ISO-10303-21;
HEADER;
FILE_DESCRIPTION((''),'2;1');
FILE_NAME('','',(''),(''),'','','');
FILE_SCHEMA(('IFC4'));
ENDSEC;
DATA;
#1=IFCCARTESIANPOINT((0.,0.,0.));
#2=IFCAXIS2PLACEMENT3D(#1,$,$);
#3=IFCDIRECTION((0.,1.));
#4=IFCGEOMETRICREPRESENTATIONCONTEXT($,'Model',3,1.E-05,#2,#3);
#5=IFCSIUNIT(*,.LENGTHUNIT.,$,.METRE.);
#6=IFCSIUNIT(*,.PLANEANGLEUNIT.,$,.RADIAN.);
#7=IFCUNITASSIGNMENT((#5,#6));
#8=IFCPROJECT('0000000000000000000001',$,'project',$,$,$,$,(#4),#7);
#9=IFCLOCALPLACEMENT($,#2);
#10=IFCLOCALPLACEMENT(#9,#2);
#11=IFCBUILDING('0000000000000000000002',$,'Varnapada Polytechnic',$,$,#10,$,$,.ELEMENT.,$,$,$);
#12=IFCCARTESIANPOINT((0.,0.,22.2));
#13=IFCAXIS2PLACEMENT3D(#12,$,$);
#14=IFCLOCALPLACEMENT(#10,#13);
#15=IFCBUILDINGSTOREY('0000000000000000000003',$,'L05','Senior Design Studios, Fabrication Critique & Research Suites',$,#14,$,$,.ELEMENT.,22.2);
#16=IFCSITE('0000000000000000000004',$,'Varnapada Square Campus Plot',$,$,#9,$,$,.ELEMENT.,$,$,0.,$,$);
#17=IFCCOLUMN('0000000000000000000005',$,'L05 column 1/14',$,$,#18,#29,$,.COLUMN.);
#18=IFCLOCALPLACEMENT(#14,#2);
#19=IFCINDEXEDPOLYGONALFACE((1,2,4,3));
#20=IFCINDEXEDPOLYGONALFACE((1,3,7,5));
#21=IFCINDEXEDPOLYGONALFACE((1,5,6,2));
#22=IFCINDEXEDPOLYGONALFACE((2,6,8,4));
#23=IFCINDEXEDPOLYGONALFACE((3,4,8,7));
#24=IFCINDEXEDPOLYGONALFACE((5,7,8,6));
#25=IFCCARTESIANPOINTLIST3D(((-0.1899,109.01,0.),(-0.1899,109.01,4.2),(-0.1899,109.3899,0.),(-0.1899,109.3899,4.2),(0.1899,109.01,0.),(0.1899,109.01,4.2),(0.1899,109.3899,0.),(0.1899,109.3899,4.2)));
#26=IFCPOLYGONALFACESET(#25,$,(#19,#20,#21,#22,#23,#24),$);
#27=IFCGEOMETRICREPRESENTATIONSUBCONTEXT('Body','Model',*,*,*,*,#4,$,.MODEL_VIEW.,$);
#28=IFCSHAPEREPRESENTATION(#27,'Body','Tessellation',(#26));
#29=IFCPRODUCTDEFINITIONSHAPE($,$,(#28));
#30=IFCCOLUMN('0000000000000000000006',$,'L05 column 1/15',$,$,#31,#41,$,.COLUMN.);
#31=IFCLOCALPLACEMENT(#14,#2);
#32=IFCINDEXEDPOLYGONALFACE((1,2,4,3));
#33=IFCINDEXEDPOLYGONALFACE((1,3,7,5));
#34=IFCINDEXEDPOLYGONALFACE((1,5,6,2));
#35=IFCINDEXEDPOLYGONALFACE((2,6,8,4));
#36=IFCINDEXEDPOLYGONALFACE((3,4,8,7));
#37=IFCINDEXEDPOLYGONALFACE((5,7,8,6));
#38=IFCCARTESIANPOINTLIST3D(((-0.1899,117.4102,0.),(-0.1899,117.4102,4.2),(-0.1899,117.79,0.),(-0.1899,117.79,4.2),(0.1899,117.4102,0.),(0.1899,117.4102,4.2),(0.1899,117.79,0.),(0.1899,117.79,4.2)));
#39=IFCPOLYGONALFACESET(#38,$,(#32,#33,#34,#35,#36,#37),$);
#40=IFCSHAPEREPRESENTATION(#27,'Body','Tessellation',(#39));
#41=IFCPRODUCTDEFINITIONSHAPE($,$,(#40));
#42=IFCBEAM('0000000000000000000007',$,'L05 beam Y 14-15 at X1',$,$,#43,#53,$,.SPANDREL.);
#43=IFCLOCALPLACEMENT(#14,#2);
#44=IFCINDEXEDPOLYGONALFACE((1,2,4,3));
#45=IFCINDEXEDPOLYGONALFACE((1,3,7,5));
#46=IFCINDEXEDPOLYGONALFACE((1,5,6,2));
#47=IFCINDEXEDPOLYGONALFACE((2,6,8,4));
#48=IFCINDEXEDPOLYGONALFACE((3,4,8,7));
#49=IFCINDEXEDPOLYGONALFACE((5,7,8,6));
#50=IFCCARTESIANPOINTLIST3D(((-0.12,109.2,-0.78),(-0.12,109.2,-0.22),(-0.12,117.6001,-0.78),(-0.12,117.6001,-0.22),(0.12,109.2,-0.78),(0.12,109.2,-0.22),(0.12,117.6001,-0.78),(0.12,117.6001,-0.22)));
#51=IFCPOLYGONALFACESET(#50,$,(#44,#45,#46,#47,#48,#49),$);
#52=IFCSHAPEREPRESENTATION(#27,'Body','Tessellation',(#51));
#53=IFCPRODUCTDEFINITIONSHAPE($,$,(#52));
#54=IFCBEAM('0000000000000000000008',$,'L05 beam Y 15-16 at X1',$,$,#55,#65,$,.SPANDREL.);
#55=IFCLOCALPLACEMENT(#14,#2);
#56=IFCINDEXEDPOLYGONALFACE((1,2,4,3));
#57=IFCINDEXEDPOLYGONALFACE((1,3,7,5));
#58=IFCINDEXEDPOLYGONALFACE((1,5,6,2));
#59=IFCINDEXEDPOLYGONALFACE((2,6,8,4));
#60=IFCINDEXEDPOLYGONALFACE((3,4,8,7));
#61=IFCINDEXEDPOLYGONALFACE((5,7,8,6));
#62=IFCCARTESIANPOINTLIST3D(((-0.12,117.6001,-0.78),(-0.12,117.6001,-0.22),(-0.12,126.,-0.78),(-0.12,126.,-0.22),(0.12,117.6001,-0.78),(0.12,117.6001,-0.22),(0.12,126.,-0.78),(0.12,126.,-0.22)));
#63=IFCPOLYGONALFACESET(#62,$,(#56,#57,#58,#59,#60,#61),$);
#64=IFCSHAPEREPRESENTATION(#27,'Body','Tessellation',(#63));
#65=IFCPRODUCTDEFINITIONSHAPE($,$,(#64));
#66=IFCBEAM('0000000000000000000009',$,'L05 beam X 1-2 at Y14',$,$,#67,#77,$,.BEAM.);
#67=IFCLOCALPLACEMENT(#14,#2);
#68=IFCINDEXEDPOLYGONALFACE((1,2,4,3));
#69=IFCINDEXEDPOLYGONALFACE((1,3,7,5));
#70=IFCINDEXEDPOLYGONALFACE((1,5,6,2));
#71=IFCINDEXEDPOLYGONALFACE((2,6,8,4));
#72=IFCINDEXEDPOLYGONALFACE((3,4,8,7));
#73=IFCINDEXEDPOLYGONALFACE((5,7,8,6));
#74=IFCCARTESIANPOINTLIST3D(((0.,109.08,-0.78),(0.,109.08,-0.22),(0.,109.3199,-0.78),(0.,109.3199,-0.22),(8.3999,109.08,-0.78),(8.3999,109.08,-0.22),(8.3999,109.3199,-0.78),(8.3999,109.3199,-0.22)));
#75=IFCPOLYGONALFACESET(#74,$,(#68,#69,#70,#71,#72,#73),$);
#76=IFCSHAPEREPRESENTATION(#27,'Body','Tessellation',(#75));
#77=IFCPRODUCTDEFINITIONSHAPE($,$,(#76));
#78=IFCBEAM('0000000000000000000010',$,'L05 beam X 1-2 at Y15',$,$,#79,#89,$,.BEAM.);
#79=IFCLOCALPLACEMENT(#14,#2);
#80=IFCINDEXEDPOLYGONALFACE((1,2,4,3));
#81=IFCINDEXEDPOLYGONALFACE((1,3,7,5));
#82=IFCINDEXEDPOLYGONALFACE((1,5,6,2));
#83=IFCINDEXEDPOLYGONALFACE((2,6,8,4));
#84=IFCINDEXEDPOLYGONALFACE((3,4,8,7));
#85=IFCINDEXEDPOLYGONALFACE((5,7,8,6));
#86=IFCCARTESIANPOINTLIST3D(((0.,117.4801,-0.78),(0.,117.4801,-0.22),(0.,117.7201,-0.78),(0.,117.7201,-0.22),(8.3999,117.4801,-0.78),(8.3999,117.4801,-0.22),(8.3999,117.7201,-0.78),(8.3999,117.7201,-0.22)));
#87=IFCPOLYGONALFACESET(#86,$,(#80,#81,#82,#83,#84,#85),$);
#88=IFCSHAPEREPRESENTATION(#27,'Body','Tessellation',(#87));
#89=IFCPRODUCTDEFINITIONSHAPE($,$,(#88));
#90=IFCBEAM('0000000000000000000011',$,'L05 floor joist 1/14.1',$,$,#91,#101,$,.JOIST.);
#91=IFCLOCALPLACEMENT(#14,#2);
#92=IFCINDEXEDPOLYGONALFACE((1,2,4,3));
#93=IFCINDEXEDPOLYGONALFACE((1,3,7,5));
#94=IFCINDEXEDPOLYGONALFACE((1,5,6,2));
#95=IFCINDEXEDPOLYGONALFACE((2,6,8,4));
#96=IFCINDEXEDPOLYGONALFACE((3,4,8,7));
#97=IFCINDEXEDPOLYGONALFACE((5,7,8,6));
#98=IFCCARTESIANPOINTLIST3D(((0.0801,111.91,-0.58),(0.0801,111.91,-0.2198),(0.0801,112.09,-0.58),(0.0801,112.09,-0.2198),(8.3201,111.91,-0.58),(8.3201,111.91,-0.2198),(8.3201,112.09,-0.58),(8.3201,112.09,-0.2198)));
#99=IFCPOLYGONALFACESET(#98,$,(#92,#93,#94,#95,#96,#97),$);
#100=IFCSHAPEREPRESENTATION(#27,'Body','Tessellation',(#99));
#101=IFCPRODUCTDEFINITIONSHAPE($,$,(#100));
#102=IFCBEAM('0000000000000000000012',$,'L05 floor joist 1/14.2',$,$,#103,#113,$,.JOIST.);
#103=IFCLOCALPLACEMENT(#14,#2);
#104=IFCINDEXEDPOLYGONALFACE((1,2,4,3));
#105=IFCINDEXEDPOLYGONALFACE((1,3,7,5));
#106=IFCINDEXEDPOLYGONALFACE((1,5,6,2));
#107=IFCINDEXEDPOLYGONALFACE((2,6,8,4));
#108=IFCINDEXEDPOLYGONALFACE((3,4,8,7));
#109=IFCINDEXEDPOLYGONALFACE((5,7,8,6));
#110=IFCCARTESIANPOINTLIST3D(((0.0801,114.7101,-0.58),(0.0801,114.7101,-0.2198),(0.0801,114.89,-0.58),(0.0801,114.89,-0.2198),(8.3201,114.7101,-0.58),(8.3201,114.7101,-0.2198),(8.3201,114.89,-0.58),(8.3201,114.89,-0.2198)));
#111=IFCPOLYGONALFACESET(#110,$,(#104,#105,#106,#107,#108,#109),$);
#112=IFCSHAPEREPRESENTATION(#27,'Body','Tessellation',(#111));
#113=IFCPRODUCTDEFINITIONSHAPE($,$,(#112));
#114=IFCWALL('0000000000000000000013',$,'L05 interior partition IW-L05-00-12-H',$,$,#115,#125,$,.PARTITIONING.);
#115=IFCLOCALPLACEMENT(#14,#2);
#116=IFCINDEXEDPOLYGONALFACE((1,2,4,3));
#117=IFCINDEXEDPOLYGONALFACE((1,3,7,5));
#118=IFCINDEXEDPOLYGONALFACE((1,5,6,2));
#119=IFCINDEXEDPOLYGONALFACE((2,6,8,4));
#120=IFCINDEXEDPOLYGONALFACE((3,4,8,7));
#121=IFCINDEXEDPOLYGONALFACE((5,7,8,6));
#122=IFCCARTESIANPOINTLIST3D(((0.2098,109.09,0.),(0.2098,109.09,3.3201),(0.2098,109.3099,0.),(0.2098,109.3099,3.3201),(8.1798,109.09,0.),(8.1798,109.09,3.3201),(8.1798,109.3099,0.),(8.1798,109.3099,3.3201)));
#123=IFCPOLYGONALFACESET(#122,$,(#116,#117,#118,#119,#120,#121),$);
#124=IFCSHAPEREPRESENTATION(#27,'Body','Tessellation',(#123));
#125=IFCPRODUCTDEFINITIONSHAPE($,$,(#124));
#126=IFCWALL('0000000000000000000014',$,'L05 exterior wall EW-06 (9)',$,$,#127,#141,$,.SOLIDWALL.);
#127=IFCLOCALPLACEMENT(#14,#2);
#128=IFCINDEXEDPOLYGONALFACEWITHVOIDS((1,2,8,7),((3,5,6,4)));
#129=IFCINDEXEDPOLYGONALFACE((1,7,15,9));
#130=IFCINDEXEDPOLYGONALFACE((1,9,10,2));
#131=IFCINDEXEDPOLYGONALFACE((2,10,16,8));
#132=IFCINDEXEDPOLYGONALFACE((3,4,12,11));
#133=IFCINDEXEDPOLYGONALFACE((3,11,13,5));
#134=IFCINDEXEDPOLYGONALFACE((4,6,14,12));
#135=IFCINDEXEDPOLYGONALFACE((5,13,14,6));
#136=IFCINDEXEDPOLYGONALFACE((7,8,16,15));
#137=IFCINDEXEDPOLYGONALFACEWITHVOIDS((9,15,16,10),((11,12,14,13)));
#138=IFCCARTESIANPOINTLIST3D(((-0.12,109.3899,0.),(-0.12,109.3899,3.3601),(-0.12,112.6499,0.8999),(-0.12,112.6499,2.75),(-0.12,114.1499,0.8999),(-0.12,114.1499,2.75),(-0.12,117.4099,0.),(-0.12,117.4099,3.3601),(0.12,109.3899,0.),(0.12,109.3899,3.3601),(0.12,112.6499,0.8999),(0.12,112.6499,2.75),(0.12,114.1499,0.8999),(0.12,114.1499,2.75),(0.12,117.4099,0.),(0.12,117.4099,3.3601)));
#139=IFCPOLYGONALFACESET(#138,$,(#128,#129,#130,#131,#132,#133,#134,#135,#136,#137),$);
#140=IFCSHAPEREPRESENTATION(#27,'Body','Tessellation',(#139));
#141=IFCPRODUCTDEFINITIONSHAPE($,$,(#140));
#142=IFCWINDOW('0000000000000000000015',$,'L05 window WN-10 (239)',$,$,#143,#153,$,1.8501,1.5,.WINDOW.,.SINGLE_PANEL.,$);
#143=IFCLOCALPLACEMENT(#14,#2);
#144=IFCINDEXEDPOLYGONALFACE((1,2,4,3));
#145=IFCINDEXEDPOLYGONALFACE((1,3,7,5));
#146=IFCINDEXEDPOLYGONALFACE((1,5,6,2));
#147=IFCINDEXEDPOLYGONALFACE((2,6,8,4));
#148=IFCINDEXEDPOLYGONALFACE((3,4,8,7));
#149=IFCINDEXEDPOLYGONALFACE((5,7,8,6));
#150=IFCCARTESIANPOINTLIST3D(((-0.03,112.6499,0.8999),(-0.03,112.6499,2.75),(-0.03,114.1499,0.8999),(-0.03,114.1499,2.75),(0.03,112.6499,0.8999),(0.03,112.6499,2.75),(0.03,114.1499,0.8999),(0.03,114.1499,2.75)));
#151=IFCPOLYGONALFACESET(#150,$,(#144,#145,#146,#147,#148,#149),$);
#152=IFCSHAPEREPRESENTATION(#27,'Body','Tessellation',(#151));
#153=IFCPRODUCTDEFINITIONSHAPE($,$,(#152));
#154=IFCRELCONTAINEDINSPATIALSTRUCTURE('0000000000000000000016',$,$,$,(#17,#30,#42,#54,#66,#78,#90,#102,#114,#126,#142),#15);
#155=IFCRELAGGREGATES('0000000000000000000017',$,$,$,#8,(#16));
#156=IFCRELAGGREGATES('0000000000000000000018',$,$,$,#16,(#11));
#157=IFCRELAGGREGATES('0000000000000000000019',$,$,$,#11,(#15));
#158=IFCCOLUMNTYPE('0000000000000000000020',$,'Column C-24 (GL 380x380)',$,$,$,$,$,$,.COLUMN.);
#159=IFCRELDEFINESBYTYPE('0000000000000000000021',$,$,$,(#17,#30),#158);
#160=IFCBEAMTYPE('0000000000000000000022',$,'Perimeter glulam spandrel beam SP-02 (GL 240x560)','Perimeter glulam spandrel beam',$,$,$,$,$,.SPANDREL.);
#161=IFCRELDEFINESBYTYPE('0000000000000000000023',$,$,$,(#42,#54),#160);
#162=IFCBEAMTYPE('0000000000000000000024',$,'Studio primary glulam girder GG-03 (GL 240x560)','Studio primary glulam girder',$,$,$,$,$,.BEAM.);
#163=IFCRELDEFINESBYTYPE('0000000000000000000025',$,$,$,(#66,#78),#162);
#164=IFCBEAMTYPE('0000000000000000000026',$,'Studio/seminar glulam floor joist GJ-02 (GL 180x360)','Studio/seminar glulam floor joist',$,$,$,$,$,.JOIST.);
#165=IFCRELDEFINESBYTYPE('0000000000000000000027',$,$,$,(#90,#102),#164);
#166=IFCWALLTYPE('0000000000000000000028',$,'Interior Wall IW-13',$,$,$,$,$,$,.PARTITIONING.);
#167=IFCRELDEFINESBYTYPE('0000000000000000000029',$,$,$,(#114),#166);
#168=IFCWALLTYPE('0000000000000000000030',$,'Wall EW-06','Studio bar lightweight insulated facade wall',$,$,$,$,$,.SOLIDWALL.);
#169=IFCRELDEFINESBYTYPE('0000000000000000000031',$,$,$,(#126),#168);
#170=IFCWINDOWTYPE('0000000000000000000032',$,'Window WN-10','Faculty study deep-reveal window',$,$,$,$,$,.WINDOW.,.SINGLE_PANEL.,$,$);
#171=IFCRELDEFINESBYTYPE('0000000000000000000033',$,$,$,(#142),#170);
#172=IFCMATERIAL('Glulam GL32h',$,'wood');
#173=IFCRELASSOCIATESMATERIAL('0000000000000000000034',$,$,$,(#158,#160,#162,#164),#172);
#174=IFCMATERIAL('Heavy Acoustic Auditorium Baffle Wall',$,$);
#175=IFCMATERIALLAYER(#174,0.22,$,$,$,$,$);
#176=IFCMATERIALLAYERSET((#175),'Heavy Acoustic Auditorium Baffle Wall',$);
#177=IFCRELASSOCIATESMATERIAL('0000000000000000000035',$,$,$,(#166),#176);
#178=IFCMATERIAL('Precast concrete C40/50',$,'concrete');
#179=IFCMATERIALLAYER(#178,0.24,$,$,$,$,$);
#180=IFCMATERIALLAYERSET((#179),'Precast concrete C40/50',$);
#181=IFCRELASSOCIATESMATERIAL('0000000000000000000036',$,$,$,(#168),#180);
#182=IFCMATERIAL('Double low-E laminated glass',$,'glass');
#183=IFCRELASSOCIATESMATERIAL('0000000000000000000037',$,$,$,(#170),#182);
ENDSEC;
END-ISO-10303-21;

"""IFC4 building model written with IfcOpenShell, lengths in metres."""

from ifc_helpers import new_model, si_unit, direction, frame, frame_2d, origin, origin_2d, place, context, subcontext, project, spatial, rectangle, extrude, material, layer, layer_set, material_profile, profile_set, type_object, element, fill, save


model = new_model("IFC4")

# Units and contexts
model_context = context("Model", 3, precision=1e-05, world=origin(), true_north=direction((0.0, 1.0)))
body_context = subcontext(model_context, "Body", "Model", "MODEL_VIEW")
ifc_project = project(units=[si_unit("LENGTHUNIT", "METRE"), si_unit("PLANEANGLEUNIT", "RADIAN")], contexts=[model_context])

# Site, building, storey
site_placement = place(None, origin())
site = spatial("IfcSite", under=ifc_project, at=site_placement, Name="Varnapada Square Campus Plot", CompositionType="ELEMENT", RefElevation=0.0)
building_placement = place(site_placement, origin())
building = spatial("IfcBuilding", under=site, at=building_placement, Name="Varnapada Polytechnic", CompositionType="ELEMENT")
storey_placement = place(building_placement, frame((0.0, 0.0, 22.2)))
storey = spatial("IfcBuildingStorey", under=building, at=storey_placement, Name="L05", Description="Senior Design Studios, Fabrication Critique & Research Suites", CompositionType="ELEMENT", Elevation=22.2)

# Columns
ifc_material_1 = material(Name="Glulam GL32h", Category="wood")
ifc_material_profile_1 = material_profile(ifc_material_1, rectangle(XDim=0.3799, YDim=0.3799, at=origin_2d()), Name="GL 380x380")
ifc_profile_set_1 = profile_set([ifc_material_profile_1], Name="Glulam GL32h")
column_type = type_object("IfcColumnType", Name="Column C-24 (GL 380x380)", PredefinedType="COLUMN", material=ifc_profile_set_1)
for number, where, z_axis, x_axis, name in (
    (1, (0.0, 109.2, 0.0), (0.0, 0.0, 1.0), (1.0, 0.0, 0.0), "L05 column 1/14"),
    (2, (0.0, 117.6001, 0.0), (0.0, 0.0, 1.0), (1.0, 0.0, 0.0), "L05 column 1/15"),
):
    element("IfcColumn", number, at=place(storey_placement, frame(where, z_axis=z_axis, x_axis=x_axis)), inside=storey, type_object=column_type, Name=name, PredefinedType="COLUMN", context=body_context, shape_type="SweptSolid", body=[
        extrude(rectangle(XDim=0.3799, YDim=0.3799, at=origin_2d()), origin(), (0.0, 0.0, 1.0), 4.2),
    ])

# Beams
ifc_material_profile_2 = material_profile(ifc_material_1, rectangle(XDim=0.24, YDim=0.5601, at=origin_2d()), Name="GL 240x560")
ifc_profile_set_2 = profile_set([ifc_material_profile_2], Name="Glulam GL32h")
beam_type_1 = type_object("IfcBeamType", Name="Perimeter glulam spandrel beam SP-02 (GL 240x560)", Description="Perimeter glulam spandrel beam", PredefinedType="SPANDREL", material=ifc_profile_set_2)
beam_1_placement = place(storey_placement, frame((0.0, 109.2, -0.5), z_axis=(0.0, 1.0, 0.0), x_axis=(-1.0, 0.0, 0.0)))
element("IfcBeam", 3, at=beam_1_placement, inside=storey, type_object=beam_type_1, Name="L05 beam Y 14-15 at X1", PredefinedType="SPANDREL", context=body_context, shape_type="SweptSolid", body=[
    extrude(rectangle(XDim=0.24, YDim=0.5601, at=origin_2d()), origin(), (0.0, 0.0, 1.0), 8.4001),
])
beam_2_placement = place(storey_placement, frame((0.0, 117.6001, -0.5), z_axis=(0.0, 1.0, 0.0), x_axis=(-1.0, 0.0, 0.0)))
element("IfcBeam", 4, at=beam_2_placement, inside=storey, type_object=beam_type_1, Name="L05 beam Y 15-16 at X1", PredefinedType="SPANDREL", context=body_context, shape_type="SweptSolid", body=[
    extrude(rectangle(XDim=0.24, YDim=0.5601, at=origin_2d()), origin(), (0.0, 0.0, 1.0), 8.3999),
])
ifc_material_profile_3 = material_profile(ifc_material_1, rectangle(XDim=0.24, YDim=0.5601, at=origin_2d()), Name="GL 240x560")
ifc_profile_set_3 = profile_set([ifc_material_profile_3], Name="Glulam GL32h")
beam_type_2 = type_object("IfcBeamType", Name="Studio primary glulam girder GG-03 (GL 240x560)", Description="Studio primary glulam girder", PredefinedType="BEAM", material=ifc_profile_set_3)
for number, where, z_axis, x_axis, name in (
    (5, (0.0, 109.2, -0.5), (1.0, 0.0, 0.0), (0.0, 1.0, 0.0), "L05 beam X 1-2 at Y14"),
    (6, (0.0, 117.6001, -0.5), (1.0, 0.0, 0.0), (0.0, 1.0, 0.0), "L05 beam X 1-2 at Y15"),
):
    element("IfcBeam", number, at=place(storey_placement, frame(where, z_axis=z_axis, x_axis=x_axis)), inside=storey, type_object=beam_type_2, Name=name, PredefinedType="BEAM", context=body_context, shape_type="SweptSolid", body=[
        extrude(rectangle(XDim=0.24, YDim=0.5601, at=origin_2d()), origin(), (0.0, 0.0, 1.0), 8.3999),
    ])
ifc_material_profile_4 = material_profile(ifc_material_1, rectangle(XDim=0.1799, YDim=0.3601, at=origin_2d()), Name="GL 180x360")
ifc_profile_set_4 = profile_set([ifc_material_profile_4], Name="Glulam GL32h")
beam_type_3 = type_object("IfcBeamType", Name="Studio/seminar glulam floor joist GJ-02 (GL 180x360)", Description="Studio/seminar glulam floor joist", PredefinedType="JOIST", material=ifc_profile_set_4)
for number, where, z_axis, x_axis, name in (
    (7, (0.0801, 112.0, -0.3999), (1.0, 0.0, 0.0), (0.0, 1.0, 0.0), "L05 floor joist 1/14.1"),
    (8, (0.0801, 114.8, -0.3999), (1.0, 0.0, 0.0), (0.0, 1.0, 0.0), "L05 floor joist 1/14.2"),
):
    element("IfcBeam", number, at=place(storey_placement, frame(where, z_axis=z_axis, x_axis=x_axis)), inside=storey, type_object=beam_type_3, Name=name, PredefinedType="JOIST", context=body_context, shape_type="SweptSolid", body=[
        extrude(rectangle(XDim=0.1799, YDim=0.3601, at=origin_2d()), origin(), (0.0, 0.0, 1.0), 8.24),
    ])

# Wall
ifc_material_2 = material(Name="Heavy Acoustic Auditorium Baffle Wall")
ifc_layer_1 = layer(ifc_material_2, 0.22)
ifc_layer_set_1 = layer_set([ifc_layer_1], Name="Heavy Acoustic Auditorium Baffle Wall")
wall_type_1 = type_object("IfcWallType", Name="Interior Wall IW-13", PredefinedType="PARTITIONING", material=ifc_layer_set_1)
wall_1_placement = place(storey_placement, frame((0.21, 109.2, 0.0), z_axis=(0.0, 0.0, 1.0), x_axis=(1.0, 0.0, 0.0)))
element("IfcWall", 9, at=wall_1_placement, inside=storey, type_object=wall_type_1, Name="L05 interior partition IW-L05-00-12-H", PredefinedType="PARTITIONING", context=body_context, shape_type="SweptSolid", body=[
    extrude(rectangle(XDim=7.97, YDim=0.22, at=frame_2d((3.9849, 0.0))), origin(), (0.0, 0.0, 1.0), 3.3201),
])

# Wall, opening, window
ifc_material_3 = material(Name="Precast concrete C40/50", Category="concrete")
ifc_layer_2 = layer(ifc_material_3, 0.24)
ifc_layer_set_2 = layer_set([ifc_layer_2], Name="Precast concrete C40/50")
wall_type_2 = type_object("IfcWallType", Name="Wall EW-06", Description="Studio bar lightweight insulated facade wall", PredefinedType="SOLIDWALL", material=ifc_layer_set_2)
wall_2_placement = place(storey_placement, frame((0.0, 109.3899, 0.0), z_axis=(0.0, 0.0, 1.0), x_axis=(0.0, 1.0, 0.0)))
wall_2 = element("IfcWall", 10, at=wall_2_placement, inside=storey, type_object=wall_type_2, Name="L05 exterior wall EW-06 (9)", PredefinedType="SOLIDWALL", context=body_context, shape_type="SweptSolid", body=[
    extrude(rectangle(XDim=8.02, YDim=0.24, at=frame_2d((4.01, 0.0))), origin(), (0.0, 0.0, 1.0), 3.3601),
])
opening_1_placement = place(wall_2_placement, frame((3.26, 0.0, 0.8999)))
opening_1 = element("IfcOpeningElement", 11, at=opening_1_placement, cuts=wall_2, PredefinedType="OPENING", context=body_context, shape_type="SweptSolid", body=[
    extrude(rectangle(XDim=1.5, YDim=1.8501, at=frame_2d((0.75, 0.925))), frame((0.0, 0.1299, 0.0), z_axis=(0.0, -1.0, 0.0), x_axis=(1.0, 0.0, 0.0)), (0.0, 0.0, 1.0), 0.26),
])
ifc_material_4 = material(Name="Double low-E laminated glass", Category="glass")
window_type = type_object("IfcWindowType", Name="Window WN-10", Description="Faculty study deep-reveal window", PartitioningType="SINGLE_PANEL", PredefinedType="WINDOW", material=ifc_material_4)
window_placement = place(opening_1_placement, origin())
window = element("IfcWindow", 12, at=window_placement, inside=storey, type_object=window_type, Name="L05 window WN-10 (239)", OverallHeight=1.8501, OverallWidth=1.5, PartitioningType="SINGLE_PANEL", PredefinedType="WINDOW", context=body_context, shape_type="SweptSolid", body=[
    extrude(rectangle(XDim=1.5, YDim=1.8501, at=frame_2d((0.75, 0.925))), frame((0.0, 0.03, 0.0), z_axis=(0.0, -1.0, 0.0), x_axis=(1.0, 0.0, 0.0)), (0.0, 0.0, 1.0), 0.0601),
])
fill(opening_1, window)

save(model, "model.ifc")
